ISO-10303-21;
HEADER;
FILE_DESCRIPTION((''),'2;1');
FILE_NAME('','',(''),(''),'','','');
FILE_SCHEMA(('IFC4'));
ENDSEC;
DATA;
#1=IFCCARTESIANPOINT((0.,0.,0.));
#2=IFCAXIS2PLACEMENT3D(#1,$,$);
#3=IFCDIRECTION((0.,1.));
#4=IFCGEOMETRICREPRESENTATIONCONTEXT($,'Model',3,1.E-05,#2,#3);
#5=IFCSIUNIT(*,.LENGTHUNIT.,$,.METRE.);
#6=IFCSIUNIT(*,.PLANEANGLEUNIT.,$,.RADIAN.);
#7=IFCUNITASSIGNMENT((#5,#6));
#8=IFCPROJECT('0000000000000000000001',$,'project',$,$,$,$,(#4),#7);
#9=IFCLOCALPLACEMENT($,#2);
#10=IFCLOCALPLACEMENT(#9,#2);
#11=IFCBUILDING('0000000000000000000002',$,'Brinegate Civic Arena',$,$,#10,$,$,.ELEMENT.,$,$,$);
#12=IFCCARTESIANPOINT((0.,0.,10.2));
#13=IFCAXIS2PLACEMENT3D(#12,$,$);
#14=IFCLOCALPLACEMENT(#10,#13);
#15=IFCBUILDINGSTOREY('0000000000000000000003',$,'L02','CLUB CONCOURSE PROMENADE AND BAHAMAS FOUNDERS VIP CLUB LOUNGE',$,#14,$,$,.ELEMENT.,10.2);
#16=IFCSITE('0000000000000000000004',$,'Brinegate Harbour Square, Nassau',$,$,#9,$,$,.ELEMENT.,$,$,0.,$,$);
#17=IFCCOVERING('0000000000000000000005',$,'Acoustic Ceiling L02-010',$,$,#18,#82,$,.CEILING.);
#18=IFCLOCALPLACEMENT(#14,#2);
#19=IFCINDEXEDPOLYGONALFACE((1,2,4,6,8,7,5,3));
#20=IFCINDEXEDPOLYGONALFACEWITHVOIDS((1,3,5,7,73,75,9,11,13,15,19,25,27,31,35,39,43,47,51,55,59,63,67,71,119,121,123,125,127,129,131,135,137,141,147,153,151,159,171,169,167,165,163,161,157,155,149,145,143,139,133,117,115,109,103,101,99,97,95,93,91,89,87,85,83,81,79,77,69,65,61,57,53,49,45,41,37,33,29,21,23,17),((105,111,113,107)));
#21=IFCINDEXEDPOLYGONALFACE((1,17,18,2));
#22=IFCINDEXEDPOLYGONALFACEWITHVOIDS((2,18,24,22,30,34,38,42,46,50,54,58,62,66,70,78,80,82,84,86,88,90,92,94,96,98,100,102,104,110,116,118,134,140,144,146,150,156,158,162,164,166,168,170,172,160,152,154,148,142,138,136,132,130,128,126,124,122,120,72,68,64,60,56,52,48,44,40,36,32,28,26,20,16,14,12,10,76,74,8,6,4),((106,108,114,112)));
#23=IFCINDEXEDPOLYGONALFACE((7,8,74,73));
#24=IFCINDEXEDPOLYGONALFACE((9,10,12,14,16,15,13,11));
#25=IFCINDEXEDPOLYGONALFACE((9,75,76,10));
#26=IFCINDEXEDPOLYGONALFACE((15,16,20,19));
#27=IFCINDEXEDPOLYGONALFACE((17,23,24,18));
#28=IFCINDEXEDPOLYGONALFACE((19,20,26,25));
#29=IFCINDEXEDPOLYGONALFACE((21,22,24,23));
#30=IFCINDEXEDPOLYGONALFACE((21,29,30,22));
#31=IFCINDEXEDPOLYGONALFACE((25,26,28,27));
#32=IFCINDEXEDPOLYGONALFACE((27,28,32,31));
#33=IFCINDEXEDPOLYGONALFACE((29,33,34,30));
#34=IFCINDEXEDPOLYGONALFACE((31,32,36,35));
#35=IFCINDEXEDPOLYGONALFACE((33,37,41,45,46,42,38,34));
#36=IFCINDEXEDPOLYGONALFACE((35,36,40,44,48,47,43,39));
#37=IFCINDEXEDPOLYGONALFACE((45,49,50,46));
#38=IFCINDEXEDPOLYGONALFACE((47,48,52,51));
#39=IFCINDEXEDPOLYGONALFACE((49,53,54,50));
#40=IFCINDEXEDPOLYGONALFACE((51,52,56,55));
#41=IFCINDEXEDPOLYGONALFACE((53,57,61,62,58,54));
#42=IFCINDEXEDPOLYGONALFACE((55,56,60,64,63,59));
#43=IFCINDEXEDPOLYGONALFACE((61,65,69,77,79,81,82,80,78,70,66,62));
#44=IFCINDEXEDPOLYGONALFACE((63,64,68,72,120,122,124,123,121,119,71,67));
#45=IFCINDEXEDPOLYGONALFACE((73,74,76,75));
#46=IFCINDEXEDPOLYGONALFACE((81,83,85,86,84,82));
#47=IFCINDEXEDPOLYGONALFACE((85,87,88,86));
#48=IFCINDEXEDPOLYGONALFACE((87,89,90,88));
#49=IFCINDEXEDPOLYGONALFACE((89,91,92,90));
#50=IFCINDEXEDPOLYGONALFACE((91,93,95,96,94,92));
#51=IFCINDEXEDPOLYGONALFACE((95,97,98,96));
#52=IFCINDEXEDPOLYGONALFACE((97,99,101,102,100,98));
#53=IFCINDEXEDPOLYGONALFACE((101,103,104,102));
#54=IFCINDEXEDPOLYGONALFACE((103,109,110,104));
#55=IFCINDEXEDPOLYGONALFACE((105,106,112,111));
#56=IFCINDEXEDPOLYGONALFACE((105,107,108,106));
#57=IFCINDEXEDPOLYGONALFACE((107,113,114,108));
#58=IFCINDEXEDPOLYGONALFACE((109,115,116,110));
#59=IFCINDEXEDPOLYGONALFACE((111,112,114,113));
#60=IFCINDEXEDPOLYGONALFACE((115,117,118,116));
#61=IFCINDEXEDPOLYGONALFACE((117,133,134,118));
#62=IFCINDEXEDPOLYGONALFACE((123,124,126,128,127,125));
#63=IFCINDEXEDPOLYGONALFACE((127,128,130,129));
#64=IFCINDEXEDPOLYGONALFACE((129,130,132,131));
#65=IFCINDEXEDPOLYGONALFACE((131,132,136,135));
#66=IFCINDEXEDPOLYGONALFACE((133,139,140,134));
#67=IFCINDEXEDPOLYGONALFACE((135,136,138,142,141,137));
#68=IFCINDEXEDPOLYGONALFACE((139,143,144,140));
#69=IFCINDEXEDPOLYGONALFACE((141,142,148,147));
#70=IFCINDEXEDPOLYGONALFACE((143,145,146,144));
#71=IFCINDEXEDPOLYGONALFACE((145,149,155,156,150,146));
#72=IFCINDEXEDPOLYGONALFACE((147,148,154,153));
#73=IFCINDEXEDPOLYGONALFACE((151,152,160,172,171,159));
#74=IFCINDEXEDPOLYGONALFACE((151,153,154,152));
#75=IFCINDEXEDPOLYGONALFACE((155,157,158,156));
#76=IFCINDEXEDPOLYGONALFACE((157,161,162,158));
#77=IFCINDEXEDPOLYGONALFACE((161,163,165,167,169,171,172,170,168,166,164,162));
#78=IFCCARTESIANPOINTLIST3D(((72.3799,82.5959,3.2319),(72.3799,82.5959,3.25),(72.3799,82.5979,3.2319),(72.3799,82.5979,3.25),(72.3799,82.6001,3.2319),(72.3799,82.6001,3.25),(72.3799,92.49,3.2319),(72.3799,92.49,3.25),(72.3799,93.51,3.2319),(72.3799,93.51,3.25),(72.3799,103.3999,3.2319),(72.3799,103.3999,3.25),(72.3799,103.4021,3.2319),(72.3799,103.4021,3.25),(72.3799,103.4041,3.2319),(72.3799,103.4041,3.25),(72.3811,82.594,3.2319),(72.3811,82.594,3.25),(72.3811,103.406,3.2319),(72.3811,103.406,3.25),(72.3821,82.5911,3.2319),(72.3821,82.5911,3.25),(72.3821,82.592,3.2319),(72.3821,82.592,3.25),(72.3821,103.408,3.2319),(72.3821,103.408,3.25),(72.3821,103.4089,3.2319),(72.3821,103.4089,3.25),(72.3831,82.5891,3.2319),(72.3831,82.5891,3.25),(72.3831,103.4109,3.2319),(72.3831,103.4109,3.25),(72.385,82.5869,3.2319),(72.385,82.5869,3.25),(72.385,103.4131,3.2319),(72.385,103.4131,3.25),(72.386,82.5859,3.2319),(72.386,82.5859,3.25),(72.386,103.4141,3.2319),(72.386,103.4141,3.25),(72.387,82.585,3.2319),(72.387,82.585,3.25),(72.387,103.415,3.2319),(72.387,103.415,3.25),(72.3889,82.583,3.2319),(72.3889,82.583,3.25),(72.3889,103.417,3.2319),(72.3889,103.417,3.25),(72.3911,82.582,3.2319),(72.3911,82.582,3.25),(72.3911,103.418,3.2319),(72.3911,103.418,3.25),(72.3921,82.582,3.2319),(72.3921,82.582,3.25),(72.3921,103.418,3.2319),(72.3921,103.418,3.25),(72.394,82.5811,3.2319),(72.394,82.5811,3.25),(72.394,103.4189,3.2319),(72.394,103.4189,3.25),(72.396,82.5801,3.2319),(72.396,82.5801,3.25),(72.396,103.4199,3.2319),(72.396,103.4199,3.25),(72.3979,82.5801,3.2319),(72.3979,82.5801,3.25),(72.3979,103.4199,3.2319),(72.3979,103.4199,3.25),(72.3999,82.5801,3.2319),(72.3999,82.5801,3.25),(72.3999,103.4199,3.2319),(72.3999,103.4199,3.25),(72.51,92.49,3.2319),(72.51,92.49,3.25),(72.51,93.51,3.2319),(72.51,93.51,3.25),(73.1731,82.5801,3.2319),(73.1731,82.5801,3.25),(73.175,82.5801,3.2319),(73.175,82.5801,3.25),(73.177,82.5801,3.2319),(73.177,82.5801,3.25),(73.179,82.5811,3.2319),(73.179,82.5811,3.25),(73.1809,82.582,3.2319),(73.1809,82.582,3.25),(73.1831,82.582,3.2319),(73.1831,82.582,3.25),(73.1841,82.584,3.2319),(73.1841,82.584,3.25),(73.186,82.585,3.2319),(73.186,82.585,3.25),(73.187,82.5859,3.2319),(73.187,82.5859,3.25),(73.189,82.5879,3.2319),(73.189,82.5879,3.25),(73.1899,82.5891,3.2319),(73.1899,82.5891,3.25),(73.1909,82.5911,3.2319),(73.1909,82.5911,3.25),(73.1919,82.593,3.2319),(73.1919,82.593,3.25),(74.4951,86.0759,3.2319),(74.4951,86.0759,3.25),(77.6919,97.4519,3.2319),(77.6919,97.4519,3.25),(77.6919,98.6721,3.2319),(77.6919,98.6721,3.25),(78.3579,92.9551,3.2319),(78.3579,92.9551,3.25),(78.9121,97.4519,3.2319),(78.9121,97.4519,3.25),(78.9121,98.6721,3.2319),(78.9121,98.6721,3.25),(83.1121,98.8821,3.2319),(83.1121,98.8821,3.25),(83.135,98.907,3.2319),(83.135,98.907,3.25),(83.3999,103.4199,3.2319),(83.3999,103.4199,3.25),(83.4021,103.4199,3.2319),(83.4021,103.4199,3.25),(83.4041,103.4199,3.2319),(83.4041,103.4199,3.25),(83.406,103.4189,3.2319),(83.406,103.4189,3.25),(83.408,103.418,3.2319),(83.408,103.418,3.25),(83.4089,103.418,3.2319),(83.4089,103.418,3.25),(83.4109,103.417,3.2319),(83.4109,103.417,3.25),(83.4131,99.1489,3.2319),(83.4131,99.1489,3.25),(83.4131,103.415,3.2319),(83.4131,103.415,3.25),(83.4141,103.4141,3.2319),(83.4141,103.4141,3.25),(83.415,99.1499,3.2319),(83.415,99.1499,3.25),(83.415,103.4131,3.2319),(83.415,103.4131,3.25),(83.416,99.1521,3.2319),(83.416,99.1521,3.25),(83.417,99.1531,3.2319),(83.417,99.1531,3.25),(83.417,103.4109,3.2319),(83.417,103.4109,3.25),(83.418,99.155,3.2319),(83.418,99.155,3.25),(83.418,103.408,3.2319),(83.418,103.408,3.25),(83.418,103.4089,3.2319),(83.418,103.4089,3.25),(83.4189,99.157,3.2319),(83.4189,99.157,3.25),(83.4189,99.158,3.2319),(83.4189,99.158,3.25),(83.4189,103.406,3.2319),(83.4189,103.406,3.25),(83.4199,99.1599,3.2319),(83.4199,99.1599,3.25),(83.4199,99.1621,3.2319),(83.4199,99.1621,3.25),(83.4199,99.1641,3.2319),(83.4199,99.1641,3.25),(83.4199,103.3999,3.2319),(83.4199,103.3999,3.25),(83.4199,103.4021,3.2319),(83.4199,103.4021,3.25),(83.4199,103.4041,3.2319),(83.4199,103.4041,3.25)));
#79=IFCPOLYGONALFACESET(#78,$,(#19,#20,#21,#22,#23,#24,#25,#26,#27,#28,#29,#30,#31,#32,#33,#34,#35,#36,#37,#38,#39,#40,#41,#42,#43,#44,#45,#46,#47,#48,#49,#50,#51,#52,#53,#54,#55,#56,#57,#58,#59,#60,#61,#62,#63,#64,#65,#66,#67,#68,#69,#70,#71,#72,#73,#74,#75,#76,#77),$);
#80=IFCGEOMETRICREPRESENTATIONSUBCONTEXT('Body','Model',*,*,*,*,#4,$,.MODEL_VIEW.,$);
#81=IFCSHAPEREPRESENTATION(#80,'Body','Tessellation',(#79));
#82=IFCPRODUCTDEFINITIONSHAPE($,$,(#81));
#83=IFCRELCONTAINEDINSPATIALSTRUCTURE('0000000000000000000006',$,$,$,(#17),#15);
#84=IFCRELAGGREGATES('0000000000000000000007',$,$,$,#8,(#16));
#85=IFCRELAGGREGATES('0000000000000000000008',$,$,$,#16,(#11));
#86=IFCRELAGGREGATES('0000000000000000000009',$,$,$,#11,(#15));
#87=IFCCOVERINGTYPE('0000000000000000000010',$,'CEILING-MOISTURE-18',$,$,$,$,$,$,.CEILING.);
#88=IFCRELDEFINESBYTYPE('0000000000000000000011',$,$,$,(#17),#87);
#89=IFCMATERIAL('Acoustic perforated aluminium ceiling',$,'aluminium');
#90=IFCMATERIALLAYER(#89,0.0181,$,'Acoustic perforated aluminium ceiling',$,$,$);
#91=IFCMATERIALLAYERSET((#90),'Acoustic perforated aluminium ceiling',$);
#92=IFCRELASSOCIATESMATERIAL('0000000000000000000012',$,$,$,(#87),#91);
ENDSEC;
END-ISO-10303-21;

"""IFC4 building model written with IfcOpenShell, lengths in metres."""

from ifc_helpers import new_model, si_unit, direction, frame, origin, place, context, subcontext, project, spatial, polyline, outline, extrude, material, layer, layer_set, type_object, element, save


model = new_model("IFC4")

# Units and contexts
model_context = context("Model", 3, precision=1e-05, world=origin(), true_north=direction((0.0, 1.0)))
body_context = subcontext(model_context, "Body", "Model", "MODEL_VIEW")
ifc_project = project(units=[si_unit("LENGTHUNIT", "METRE"), si_unit("PLANEANGLEUNIT", "RADIAN")], contexts=[model_context])

# Site, building, storey
site_placement = place(None, origin())
site = spatial("IfcSite", under=ifc_project, at=site_placement, Name="Brinegate Harbour Square, Nassau", CompositionType="ELEMENT", RefElevation=0.0)
building_placement = place(site_placement, origin())
building = spatial("IfcBuilding", under=site, at=building_placement, Name="Brinegate Civic Arena", CompositionType="ELEMENT")
storey_placement = place(building_placement, frame((0.0, 0.0, 10.2)))
storey = spatial("IfcBuildingStorey", under=building, at=storey_placement, Name="L02", Description="CLUB CONCOURSE PROMENADE AND BAHAMAS FOUNDERS VIP CLUB LOUNGE", CompositionType="ELEMENT", Elevation=10.2)

# Covering
ifc_material_1 = material(Name="Acoustic perforated aluminium ceiling", Category="aluminium")
ifc_layer_1 = layer(ifc_material_1, 0.0181, Name="Acoustic perforated aluminium ceiling")
ifc_layer_set_1 = layer_set([ifc_layer_1], Name="Acoustic perforated aluminium ceiling")
covering_type_1 = type_object("IfcCoveringType", Name="CEILING-MOISTURE-18", PredefinedType="CEILING", material=ifc_layer_set_1)
covering_1_placement = place(storey_placement, frame((0.0, 0.0, 3.2319)))
element("IfcCovering", 1, at=covering_1_placement, inside=storey, type_object=covering_type_1, Name="Acoustic Ceiling L02-010", PredefinedType="CEILING", context=body_context, shape_type="SweptSolid", body=[
    extrude(outline(polyline([(72.3799, 103.4041), (72.3811, 103.406), (72.3821, 103.408), (72.3821, 103.4089), (72.3831, 103.4109), (72.385, 103.4131), (72.386, 103.4141), (72.387, 103.415), (72.3889, 103.417), (72.3911, 103.418), (72.3921, 103.418), (72.394, 103.4189), (72.396, 103.4199), (72.3979, 103.4199), (72.3999, 103.4199), (83.3999, 103.4199), (83.4021, 103.4199), (83.4041, 103.4199), (83.406, 103.4189), (83.408, 103.418), (83.4089, 103.418), (83.4109, 103.417), (83.4131, 103.415), (83.4141, 103.4141), (83.415, 103.4131), (83.417, 103.4109), (83.418, 103.4089), (83.418, 103.408), (83.4189, 103.406), (83.4199, 103.4041), (83.4199, 103.4021), (83.4199, 103.3999), (83.4199, 99.1641), (83.4199, 99.1621), (83.4199, 99.1599), (83.4189, 99.158), (83.4189, 99.157), (83.418, 99.155), (83.417, 99.1531), (83.416, 99.1521), (83.415, 99.1499), (83.4131, 99.1489), (83.135, 98.907), (83.1121, 98.8821), (78.3579, 92.9551), (74.4951, 86.0759), (73.1919, 82.593), (73.1909, 82.5911), (73.1899, 82.5891), (73.189, 82.5879), (73.187, 82.5859), (73.186, 82.585), (73.1841, 82.584), (73.1831, 82.582), (73.1809, 82.582), (73.179, 82.5811), (73.177, 82.5801), (73.175, 82.5801), (73.1731, 82.5801), (72.3999, 82.5801), (72.3979, 82.5801), (72.396, 82.5801), (72.394, 82.5811), (72.3921, 82.582), (72.3911, 82.582), (72.3889, 82.583), (72.387, 82.585), (72.386, 82.5859), (72.385, 82.5869), (72.3831, 82.5891), (72.3821, 82.5911), (72.3821, 82.592), (72.3811, 82.594), (72.3799, 82.5959), (72.3799, 82.5979), (72.3799, 82.6001), (72.3799, 92.49), (72.51, 92.49), (72.51, 93.51), (72.3799, 93.51), (72.3799, 103.3999), (72.3799, 103.4021), (72.3799, 103.4041)]), holes=[polyline([(77.6919, 98.6721), (77.6919, 97.4519), (78.9121, 97.4519), (78.9121, 98.6721), (77.6919, 98.6721)])]), origin(), (0.0, 0.0, 1.0), 0.0181),
])

save(model, "model.ifc")
